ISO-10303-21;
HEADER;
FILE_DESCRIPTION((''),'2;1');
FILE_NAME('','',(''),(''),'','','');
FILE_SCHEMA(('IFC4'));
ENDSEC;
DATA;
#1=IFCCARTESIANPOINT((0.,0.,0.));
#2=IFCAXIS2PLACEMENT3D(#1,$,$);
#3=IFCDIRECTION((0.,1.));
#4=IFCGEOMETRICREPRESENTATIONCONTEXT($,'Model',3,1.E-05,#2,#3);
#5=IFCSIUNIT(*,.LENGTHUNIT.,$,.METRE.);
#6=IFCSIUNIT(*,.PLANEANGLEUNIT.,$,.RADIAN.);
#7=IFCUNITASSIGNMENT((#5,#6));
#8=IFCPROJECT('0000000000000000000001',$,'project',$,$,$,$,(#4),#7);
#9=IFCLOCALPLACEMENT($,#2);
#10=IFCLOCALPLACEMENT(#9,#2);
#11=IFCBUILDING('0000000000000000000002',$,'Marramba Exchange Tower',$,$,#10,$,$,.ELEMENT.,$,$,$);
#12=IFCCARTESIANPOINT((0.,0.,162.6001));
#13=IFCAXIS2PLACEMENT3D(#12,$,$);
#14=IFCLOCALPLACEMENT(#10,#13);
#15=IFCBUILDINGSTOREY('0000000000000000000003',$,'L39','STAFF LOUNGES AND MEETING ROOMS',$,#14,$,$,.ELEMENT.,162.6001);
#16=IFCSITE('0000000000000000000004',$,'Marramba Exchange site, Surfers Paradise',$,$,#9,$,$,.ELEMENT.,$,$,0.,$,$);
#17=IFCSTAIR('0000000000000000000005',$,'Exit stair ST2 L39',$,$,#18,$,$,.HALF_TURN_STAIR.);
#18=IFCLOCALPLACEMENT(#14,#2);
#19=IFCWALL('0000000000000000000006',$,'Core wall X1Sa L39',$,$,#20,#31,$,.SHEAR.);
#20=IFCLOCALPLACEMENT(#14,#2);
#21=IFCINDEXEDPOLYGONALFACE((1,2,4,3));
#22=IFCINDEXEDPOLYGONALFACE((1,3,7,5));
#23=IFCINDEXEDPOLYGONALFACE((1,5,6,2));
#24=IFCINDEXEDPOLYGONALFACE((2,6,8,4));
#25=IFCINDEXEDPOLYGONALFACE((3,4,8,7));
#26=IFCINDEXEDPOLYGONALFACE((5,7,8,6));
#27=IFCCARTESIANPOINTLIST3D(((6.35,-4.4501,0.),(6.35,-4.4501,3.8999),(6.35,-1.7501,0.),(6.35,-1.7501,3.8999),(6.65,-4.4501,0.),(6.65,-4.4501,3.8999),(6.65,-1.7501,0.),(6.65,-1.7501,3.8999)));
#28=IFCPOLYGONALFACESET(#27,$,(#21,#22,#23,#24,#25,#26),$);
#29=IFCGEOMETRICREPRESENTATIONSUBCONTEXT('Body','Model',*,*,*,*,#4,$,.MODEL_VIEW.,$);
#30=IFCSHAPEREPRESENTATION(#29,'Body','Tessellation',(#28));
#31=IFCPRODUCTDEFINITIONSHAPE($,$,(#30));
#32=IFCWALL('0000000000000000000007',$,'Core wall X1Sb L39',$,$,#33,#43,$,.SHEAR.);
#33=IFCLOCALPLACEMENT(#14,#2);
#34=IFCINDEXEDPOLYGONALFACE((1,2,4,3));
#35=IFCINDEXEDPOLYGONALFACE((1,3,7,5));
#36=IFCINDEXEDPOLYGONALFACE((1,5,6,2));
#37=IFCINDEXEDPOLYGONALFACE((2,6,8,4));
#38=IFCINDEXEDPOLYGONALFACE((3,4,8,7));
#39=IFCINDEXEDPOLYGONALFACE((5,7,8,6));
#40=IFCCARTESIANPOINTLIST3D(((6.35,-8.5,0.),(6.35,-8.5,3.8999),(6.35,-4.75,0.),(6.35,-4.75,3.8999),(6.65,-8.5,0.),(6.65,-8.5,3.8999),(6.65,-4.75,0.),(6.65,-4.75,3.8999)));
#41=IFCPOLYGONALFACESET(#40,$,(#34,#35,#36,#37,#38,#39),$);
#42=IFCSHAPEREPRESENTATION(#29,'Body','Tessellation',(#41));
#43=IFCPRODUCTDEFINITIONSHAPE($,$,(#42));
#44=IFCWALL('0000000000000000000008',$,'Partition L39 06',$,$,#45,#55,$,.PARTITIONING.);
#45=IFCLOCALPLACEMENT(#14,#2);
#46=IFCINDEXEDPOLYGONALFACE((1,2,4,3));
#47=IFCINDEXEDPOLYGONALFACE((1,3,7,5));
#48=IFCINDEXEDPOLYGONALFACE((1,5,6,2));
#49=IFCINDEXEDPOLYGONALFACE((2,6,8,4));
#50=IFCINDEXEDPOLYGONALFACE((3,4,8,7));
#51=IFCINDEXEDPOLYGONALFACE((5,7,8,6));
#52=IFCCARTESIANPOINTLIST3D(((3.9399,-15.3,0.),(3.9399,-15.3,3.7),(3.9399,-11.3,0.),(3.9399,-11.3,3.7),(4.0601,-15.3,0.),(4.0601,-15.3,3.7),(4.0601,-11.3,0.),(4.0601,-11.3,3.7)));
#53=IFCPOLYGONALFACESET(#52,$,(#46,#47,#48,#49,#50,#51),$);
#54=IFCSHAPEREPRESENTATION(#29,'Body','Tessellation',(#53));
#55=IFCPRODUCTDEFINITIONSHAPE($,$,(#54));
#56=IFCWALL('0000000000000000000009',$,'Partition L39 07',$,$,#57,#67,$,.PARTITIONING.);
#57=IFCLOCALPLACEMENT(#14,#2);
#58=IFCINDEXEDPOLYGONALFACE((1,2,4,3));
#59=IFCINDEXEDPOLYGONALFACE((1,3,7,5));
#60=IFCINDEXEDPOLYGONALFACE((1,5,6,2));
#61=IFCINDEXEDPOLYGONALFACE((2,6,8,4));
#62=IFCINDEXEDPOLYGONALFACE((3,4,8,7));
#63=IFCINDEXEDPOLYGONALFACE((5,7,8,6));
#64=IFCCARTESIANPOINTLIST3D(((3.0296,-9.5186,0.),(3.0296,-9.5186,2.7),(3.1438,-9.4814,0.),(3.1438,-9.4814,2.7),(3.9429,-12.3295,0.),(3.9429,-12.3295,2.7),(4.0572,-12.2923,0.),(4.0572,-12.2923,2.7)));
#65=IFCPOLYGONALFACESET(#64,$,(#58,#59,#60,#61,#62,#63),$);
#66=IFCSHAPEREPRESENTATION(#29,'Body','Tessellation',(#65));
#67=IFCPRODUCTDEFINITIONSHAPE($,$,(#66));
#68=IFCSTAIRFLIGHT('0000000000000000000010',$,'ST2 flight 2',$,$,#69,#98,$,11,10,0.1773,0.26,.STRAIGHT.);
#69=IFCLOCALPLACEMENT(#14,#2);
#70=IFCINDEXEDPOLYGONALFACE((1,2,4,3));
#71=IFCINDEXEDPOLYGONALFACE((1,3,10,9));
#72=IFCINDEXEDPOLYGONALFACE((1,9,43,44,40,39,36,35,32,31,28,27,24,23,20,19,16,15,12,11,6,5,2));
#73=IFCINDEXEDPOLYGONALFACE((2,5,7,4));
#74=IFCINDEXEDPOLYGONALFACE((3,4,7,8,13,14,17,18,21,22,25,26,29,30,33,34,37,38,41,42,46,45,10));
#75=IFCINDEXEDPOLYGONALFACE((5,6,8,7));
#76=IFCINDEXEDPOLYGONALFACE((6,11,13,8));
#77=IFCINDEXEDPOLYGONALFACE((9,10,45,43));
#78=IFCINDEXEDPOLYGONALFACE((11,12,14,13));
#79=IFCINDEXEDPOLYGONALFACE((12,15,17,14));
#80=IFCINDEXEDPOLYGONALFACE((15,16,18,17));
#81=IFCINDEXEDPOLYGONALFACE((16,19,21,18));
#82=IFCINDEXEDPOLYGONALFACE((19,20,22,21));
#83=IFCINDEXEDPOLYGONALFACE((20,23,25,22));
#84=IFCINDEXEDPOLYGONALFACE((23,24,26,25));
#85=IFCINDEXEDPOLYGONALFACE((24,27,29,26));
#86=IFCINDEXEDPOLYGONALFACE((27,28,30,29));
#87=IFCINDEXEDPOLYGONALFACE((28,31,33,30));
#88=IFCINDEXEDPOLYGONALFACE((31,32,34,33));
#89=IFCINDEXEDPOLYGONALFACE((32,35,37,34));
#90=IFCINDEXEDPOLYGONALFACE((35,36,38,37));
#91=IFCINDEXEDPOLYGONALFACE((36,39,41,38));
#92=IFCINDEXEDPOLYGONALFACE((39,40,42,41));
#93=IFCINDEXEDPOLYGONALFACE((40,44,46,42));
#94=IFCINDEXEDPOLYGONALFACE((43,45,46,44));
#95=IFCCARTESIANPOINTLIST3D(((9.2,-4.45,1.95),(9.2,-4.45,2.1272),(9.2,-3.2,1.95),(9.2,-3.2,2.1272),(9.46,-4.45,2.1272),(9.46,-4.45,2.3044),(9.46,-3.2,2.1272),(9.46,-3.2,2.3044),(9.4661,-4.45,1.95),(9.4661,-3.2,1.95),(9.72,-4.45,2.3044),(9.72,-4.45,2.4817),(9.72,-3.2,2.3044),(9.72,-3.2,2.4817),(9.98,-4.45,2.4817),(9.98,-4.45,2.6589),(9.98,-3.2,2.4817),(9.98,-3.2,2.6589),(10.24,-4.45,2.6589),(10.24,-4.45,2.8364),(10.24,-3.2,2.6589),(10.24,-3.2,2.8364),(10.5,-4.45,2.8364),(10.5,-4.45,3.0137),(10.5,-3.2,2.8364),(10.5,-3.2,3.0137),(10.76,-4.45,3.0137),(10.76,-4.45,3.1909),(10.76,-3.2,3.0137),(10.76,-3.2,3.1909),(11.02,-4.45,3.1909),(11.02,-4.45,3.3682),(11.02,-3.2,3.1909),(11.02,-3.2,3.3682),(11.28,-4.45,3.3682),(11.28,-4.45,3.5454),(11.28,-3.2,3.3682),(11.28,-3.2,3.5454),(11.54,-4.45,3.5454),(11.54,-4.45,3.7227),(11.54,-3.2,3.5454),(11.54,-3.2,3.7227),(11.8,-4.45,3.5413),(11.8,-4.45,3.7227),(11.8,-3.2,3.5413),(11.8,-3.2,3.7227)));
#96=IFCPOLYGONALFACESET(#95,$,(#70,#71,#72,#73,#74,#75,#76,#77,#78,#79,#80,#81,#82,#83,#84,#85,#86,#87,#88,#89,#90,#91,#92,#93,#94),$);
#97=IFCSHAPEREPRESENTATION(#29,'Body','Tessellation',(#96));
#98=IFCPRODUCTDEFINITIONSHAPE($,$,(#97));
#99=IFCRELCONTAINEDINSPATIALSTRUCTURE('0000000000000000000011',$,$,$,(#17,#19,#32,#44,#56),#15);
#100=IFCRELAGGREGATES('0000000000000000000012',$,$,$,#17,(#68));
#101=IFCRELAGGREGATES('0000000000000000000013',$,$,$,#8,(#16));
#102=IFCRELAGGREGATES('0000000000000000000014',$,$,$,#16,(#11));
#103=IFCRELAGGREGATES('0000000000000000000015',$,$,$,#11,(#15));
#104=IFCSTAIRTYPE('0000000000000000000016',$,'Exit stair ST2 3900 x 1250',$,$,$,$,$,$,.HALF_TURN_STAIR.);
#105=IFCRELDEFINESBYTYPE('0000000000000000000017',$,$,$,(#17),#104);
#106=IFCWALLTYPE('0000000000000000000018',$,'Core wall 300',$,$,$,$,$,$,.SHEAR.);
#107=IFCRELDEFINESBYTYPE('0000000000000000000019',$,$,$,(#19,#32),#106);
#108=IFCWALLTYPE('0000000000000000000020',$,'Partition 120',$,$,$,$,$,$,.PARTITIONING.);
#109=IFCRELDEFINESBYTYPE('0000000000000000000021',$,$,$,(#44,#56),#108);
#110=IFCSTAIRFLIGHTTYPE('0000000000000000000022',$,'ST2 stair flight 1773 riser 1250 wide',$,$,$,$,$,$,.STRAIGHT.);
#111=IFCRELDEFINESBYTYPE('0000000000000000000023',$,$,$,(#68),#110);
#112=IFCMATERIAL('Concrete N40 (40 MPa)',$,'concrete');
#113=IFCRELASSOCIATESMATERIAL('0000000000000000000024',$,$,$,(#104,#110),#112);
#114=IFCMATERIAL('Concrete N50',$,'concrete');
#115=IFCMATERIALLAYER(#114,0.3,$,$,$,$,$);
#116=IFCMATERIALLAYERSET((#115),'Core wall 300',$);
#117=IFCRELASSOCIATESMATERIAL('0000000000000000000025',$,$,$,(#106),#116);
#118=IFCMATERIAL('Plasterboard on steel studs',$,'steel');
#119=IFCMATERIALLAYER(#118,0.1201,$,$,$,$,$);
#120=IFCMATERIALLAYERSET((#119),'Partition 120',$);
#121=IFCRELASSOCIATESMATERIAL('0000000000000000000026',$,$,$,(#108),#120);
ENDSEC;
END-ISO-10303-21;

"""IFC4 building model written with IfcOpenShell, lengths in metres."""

from ifc_helpers import new_model, si_unit, direction, frame, frame_2d, origin, place, context, subcontext, project, spatial, polyline, rectangle, outline, extrude, material, layer, layer_set, type_object, element, aggregate, save


model = new_model("IFC4")

# Units and contexts
model_context = context("Model", 3, precision=1e-05, world=origin(), true_north=direction((0.0, 1.0)))
body_context = subcontext(model_context, "Body", "Model", "MODEL_VIEW")
ifc_project = project(units=[si_unit("LENGTHUNIT", "METRE"), si_unit("PLANEANGLEUNIT", "RADIAN")], contexts=[model_context])

# Site, building, storey
site_placement = place(None, origin())
site = spatial("IfcSite", under=ifc_project, at=site_placement, Name="Marramba Exchange site, Surfers Paradise", CompositionType="ELEMENT", RefElevation=0.0)
building_placement = place(site_placement, origin())
building = spatial("IfcBuilding", under=site, at=building_placement, Name="Marramba Exchange Tower", CompositionType="ELEMENT")
storey_placement = place(building_placement, frame((0.0, 0.0, 162.6001)))
storey = spatial("IfcBuildingStorey", under=building, at=storey_placement, Name="L39", Description="STAFF LOUNGES AND MEETING ROOMS", CompositionType="ELEMENT", Elevation=162.6001)

# Stair
ifc_material_1 = material(Name="Concrete N40 (40 MPa)", Category="concrete")
stair_type_1 = type_object("IfcStairType", Name="Exit stair ST2 3900 x 1250", PredefinedType="HALF_TURN_STAIR", material=ifc_material_1)
stair_1_placement = place(storey_placement, origin())
stair_1 = element("IfcStair", 1, at=stair_1_placement, inside=storey, type_object=stair_type_1, Name="Exit stair ST2 L39", PredefinedType="HALF_TURN_STAIR")

# Walls
ifc_material_2 = material(Name="Concrete N50", Category="concrete")
ifc_layer_1 = layer(ifc_material_2, 0.3)
ifc_layer_set_1 = layer_set([ifc_layer_1], Name="Core wall 300")
wall_type_1 = type_object("IfcWallType", Name="Core wall 300", PredefinedType="SHEAR", material=ifc_layer_set_1)
wall_1_placement = place(storey_placement, frame((6.5, -1.75, 0.0), z_axis=(0.0, 0.0, 1.0), x_axis=(0.0, -1.0, 0.0)))
element("IfcWall", 2, at=wall_1_placement, inside=storey, type_object=wall_type_1, Name="Core wall X1Sa L39", PredefinedType="SHEAR", context=body_context, shape_type="SweptSolid", body=[
    extrude(rectangle(XDim=2.7, YDim=0.3, at=frame_2d((1.3501, 0.0))), origin(), (0.0, 0.0, 1.0), 3.8999),
])
wall_2_placement = place(storey_placement, frame((6.5, -4.75, 0.0), z_axis=(0.0, 0.0, 1.0), x_axis=(0.0, -1.0, 0.0)))
element("IfcWall", 3, at=wall_2_placement, inside=storey, type_object=wall_type_1, Name="Core wall X1Sb L39", PredefinedType="SHEAR", context=body_context, shape_type="SweptSolid", body=[
    extrude(rectangle(XDim=3.75, YDim=0.3, at=frame_2d((1.875, 0.0))), origin(), (0.0, 0.0, 1.0), 3.8999),
])
ifc_material_3 = material(Name="Plasterboard on steel studs", Category="steel")
ifc_layer_2 = layer(ifc_material_3, 0.1201)
ifc_layer_set_2 = layer_set([ifc_layer_2], Name="Partition 120")
wall_type_2 = type_object("IfcWallType", Name="Partition 120", PredefinedType="PARTITIONING", material=ifc_layer_set_2)
wall_3_placement = place(storey_placement, frame((4.0, -11.3, 0.0), z_axis=(0.0, 0.0, 1.0), x_axis=(0.0, -1.0, 0.0)))
element("IfcWall", 4, at=wall_3_placement, inside=storey, type_object=wall_type_2, Name="Partition L39 06", PredefinedType="PARTITIONING", context=body_context, shape_type="SweptSolid", body=[
    extrude(rectangle(XDim=4.0, YDim=0.1201, at=frame_2d((2.0, 0.0))), origin(), (0.0, 0.0, 1.0), 3.7),
])
wall_4_placement = place(storey_placement, frame((3.0867, -9.5, 0.0), z_axis=(0.0, 0.0, 1.0), x_axis=(0.309032, -0.951052, 0.0)))
element("IfcWall", 5, at=wall_4_placement, inside=storey, type_object=wall_type_2, Name="Partition L39 07", PredefinedType="PARTITIONING", context=body_context, shape_type="SweptSolid", body=[
    extrude(rectangle(XDim=2.9556, YDim=0.1201, at=frame_2d((1.4778, 0.0))), origin(), (0.0, 0.0, 1.0), 2.7),
])

# Stair flight
stair_flight_type = type_object("IfcStairFlightType", Name="ST2 stair flight 1773 riser 1250 wide", PredefinedType="STRAIGHT", material=ifc_material_1)
stair_flight_placement = place(storey_placement, frame((9.2, -3.825, 1.95), z_axis=(0.0, 0.0, 1.0), x_axis=(1.0, 0.0, 0.0)))
stair_flight = element("IfcStairFlight", 6, at=stair_flight_placement, type_object=stair_flight_type, Name="ST2 flight 2", NumberOfRisers=11, NumberOfTreads=10, PredefinedType="STRAIGHT", RiserHeight=0.1773, TreadLength=0.26, context=body_context, shape_type="SweptSolid", body=[
    extrude(outline(polyline([(0.0, 0.0), (0.0, 0.1772), (0.26, 0.1772), (0.26, 0.3545), (0.52, 0.3545), (0.52, 0.5317), (0.78, 0.5317), (0.78, 0.709), (1.04, 0.709), (1.04, 0.8865), (1.3, 0.8865), (1.3, 1.0637), (1.5601, 1.0637), (1.5601, 1.241), (1.8201, 1.241), (1.8201, 1.4182), (2.0801, 1.4182), (2.0801, 1.5955), (2.3401, 1.5955), (2.3401, 1.7727), (2.6001, 1.7727), (2.6001, 1.95), (2.6001, 1.5913), (0.2661, 0.0), (0.0, 0.0)])), frame((0.0, 0.625, 0.0), z_axis=(0.0, -1.0, 0.0), x_axis=(1.0, 0.0, 0.0)), (0.0, 0.0, 1.0), 1.25),
])
aggregate(stair_1, [stair_flight])

save(model, "model.ifc")
